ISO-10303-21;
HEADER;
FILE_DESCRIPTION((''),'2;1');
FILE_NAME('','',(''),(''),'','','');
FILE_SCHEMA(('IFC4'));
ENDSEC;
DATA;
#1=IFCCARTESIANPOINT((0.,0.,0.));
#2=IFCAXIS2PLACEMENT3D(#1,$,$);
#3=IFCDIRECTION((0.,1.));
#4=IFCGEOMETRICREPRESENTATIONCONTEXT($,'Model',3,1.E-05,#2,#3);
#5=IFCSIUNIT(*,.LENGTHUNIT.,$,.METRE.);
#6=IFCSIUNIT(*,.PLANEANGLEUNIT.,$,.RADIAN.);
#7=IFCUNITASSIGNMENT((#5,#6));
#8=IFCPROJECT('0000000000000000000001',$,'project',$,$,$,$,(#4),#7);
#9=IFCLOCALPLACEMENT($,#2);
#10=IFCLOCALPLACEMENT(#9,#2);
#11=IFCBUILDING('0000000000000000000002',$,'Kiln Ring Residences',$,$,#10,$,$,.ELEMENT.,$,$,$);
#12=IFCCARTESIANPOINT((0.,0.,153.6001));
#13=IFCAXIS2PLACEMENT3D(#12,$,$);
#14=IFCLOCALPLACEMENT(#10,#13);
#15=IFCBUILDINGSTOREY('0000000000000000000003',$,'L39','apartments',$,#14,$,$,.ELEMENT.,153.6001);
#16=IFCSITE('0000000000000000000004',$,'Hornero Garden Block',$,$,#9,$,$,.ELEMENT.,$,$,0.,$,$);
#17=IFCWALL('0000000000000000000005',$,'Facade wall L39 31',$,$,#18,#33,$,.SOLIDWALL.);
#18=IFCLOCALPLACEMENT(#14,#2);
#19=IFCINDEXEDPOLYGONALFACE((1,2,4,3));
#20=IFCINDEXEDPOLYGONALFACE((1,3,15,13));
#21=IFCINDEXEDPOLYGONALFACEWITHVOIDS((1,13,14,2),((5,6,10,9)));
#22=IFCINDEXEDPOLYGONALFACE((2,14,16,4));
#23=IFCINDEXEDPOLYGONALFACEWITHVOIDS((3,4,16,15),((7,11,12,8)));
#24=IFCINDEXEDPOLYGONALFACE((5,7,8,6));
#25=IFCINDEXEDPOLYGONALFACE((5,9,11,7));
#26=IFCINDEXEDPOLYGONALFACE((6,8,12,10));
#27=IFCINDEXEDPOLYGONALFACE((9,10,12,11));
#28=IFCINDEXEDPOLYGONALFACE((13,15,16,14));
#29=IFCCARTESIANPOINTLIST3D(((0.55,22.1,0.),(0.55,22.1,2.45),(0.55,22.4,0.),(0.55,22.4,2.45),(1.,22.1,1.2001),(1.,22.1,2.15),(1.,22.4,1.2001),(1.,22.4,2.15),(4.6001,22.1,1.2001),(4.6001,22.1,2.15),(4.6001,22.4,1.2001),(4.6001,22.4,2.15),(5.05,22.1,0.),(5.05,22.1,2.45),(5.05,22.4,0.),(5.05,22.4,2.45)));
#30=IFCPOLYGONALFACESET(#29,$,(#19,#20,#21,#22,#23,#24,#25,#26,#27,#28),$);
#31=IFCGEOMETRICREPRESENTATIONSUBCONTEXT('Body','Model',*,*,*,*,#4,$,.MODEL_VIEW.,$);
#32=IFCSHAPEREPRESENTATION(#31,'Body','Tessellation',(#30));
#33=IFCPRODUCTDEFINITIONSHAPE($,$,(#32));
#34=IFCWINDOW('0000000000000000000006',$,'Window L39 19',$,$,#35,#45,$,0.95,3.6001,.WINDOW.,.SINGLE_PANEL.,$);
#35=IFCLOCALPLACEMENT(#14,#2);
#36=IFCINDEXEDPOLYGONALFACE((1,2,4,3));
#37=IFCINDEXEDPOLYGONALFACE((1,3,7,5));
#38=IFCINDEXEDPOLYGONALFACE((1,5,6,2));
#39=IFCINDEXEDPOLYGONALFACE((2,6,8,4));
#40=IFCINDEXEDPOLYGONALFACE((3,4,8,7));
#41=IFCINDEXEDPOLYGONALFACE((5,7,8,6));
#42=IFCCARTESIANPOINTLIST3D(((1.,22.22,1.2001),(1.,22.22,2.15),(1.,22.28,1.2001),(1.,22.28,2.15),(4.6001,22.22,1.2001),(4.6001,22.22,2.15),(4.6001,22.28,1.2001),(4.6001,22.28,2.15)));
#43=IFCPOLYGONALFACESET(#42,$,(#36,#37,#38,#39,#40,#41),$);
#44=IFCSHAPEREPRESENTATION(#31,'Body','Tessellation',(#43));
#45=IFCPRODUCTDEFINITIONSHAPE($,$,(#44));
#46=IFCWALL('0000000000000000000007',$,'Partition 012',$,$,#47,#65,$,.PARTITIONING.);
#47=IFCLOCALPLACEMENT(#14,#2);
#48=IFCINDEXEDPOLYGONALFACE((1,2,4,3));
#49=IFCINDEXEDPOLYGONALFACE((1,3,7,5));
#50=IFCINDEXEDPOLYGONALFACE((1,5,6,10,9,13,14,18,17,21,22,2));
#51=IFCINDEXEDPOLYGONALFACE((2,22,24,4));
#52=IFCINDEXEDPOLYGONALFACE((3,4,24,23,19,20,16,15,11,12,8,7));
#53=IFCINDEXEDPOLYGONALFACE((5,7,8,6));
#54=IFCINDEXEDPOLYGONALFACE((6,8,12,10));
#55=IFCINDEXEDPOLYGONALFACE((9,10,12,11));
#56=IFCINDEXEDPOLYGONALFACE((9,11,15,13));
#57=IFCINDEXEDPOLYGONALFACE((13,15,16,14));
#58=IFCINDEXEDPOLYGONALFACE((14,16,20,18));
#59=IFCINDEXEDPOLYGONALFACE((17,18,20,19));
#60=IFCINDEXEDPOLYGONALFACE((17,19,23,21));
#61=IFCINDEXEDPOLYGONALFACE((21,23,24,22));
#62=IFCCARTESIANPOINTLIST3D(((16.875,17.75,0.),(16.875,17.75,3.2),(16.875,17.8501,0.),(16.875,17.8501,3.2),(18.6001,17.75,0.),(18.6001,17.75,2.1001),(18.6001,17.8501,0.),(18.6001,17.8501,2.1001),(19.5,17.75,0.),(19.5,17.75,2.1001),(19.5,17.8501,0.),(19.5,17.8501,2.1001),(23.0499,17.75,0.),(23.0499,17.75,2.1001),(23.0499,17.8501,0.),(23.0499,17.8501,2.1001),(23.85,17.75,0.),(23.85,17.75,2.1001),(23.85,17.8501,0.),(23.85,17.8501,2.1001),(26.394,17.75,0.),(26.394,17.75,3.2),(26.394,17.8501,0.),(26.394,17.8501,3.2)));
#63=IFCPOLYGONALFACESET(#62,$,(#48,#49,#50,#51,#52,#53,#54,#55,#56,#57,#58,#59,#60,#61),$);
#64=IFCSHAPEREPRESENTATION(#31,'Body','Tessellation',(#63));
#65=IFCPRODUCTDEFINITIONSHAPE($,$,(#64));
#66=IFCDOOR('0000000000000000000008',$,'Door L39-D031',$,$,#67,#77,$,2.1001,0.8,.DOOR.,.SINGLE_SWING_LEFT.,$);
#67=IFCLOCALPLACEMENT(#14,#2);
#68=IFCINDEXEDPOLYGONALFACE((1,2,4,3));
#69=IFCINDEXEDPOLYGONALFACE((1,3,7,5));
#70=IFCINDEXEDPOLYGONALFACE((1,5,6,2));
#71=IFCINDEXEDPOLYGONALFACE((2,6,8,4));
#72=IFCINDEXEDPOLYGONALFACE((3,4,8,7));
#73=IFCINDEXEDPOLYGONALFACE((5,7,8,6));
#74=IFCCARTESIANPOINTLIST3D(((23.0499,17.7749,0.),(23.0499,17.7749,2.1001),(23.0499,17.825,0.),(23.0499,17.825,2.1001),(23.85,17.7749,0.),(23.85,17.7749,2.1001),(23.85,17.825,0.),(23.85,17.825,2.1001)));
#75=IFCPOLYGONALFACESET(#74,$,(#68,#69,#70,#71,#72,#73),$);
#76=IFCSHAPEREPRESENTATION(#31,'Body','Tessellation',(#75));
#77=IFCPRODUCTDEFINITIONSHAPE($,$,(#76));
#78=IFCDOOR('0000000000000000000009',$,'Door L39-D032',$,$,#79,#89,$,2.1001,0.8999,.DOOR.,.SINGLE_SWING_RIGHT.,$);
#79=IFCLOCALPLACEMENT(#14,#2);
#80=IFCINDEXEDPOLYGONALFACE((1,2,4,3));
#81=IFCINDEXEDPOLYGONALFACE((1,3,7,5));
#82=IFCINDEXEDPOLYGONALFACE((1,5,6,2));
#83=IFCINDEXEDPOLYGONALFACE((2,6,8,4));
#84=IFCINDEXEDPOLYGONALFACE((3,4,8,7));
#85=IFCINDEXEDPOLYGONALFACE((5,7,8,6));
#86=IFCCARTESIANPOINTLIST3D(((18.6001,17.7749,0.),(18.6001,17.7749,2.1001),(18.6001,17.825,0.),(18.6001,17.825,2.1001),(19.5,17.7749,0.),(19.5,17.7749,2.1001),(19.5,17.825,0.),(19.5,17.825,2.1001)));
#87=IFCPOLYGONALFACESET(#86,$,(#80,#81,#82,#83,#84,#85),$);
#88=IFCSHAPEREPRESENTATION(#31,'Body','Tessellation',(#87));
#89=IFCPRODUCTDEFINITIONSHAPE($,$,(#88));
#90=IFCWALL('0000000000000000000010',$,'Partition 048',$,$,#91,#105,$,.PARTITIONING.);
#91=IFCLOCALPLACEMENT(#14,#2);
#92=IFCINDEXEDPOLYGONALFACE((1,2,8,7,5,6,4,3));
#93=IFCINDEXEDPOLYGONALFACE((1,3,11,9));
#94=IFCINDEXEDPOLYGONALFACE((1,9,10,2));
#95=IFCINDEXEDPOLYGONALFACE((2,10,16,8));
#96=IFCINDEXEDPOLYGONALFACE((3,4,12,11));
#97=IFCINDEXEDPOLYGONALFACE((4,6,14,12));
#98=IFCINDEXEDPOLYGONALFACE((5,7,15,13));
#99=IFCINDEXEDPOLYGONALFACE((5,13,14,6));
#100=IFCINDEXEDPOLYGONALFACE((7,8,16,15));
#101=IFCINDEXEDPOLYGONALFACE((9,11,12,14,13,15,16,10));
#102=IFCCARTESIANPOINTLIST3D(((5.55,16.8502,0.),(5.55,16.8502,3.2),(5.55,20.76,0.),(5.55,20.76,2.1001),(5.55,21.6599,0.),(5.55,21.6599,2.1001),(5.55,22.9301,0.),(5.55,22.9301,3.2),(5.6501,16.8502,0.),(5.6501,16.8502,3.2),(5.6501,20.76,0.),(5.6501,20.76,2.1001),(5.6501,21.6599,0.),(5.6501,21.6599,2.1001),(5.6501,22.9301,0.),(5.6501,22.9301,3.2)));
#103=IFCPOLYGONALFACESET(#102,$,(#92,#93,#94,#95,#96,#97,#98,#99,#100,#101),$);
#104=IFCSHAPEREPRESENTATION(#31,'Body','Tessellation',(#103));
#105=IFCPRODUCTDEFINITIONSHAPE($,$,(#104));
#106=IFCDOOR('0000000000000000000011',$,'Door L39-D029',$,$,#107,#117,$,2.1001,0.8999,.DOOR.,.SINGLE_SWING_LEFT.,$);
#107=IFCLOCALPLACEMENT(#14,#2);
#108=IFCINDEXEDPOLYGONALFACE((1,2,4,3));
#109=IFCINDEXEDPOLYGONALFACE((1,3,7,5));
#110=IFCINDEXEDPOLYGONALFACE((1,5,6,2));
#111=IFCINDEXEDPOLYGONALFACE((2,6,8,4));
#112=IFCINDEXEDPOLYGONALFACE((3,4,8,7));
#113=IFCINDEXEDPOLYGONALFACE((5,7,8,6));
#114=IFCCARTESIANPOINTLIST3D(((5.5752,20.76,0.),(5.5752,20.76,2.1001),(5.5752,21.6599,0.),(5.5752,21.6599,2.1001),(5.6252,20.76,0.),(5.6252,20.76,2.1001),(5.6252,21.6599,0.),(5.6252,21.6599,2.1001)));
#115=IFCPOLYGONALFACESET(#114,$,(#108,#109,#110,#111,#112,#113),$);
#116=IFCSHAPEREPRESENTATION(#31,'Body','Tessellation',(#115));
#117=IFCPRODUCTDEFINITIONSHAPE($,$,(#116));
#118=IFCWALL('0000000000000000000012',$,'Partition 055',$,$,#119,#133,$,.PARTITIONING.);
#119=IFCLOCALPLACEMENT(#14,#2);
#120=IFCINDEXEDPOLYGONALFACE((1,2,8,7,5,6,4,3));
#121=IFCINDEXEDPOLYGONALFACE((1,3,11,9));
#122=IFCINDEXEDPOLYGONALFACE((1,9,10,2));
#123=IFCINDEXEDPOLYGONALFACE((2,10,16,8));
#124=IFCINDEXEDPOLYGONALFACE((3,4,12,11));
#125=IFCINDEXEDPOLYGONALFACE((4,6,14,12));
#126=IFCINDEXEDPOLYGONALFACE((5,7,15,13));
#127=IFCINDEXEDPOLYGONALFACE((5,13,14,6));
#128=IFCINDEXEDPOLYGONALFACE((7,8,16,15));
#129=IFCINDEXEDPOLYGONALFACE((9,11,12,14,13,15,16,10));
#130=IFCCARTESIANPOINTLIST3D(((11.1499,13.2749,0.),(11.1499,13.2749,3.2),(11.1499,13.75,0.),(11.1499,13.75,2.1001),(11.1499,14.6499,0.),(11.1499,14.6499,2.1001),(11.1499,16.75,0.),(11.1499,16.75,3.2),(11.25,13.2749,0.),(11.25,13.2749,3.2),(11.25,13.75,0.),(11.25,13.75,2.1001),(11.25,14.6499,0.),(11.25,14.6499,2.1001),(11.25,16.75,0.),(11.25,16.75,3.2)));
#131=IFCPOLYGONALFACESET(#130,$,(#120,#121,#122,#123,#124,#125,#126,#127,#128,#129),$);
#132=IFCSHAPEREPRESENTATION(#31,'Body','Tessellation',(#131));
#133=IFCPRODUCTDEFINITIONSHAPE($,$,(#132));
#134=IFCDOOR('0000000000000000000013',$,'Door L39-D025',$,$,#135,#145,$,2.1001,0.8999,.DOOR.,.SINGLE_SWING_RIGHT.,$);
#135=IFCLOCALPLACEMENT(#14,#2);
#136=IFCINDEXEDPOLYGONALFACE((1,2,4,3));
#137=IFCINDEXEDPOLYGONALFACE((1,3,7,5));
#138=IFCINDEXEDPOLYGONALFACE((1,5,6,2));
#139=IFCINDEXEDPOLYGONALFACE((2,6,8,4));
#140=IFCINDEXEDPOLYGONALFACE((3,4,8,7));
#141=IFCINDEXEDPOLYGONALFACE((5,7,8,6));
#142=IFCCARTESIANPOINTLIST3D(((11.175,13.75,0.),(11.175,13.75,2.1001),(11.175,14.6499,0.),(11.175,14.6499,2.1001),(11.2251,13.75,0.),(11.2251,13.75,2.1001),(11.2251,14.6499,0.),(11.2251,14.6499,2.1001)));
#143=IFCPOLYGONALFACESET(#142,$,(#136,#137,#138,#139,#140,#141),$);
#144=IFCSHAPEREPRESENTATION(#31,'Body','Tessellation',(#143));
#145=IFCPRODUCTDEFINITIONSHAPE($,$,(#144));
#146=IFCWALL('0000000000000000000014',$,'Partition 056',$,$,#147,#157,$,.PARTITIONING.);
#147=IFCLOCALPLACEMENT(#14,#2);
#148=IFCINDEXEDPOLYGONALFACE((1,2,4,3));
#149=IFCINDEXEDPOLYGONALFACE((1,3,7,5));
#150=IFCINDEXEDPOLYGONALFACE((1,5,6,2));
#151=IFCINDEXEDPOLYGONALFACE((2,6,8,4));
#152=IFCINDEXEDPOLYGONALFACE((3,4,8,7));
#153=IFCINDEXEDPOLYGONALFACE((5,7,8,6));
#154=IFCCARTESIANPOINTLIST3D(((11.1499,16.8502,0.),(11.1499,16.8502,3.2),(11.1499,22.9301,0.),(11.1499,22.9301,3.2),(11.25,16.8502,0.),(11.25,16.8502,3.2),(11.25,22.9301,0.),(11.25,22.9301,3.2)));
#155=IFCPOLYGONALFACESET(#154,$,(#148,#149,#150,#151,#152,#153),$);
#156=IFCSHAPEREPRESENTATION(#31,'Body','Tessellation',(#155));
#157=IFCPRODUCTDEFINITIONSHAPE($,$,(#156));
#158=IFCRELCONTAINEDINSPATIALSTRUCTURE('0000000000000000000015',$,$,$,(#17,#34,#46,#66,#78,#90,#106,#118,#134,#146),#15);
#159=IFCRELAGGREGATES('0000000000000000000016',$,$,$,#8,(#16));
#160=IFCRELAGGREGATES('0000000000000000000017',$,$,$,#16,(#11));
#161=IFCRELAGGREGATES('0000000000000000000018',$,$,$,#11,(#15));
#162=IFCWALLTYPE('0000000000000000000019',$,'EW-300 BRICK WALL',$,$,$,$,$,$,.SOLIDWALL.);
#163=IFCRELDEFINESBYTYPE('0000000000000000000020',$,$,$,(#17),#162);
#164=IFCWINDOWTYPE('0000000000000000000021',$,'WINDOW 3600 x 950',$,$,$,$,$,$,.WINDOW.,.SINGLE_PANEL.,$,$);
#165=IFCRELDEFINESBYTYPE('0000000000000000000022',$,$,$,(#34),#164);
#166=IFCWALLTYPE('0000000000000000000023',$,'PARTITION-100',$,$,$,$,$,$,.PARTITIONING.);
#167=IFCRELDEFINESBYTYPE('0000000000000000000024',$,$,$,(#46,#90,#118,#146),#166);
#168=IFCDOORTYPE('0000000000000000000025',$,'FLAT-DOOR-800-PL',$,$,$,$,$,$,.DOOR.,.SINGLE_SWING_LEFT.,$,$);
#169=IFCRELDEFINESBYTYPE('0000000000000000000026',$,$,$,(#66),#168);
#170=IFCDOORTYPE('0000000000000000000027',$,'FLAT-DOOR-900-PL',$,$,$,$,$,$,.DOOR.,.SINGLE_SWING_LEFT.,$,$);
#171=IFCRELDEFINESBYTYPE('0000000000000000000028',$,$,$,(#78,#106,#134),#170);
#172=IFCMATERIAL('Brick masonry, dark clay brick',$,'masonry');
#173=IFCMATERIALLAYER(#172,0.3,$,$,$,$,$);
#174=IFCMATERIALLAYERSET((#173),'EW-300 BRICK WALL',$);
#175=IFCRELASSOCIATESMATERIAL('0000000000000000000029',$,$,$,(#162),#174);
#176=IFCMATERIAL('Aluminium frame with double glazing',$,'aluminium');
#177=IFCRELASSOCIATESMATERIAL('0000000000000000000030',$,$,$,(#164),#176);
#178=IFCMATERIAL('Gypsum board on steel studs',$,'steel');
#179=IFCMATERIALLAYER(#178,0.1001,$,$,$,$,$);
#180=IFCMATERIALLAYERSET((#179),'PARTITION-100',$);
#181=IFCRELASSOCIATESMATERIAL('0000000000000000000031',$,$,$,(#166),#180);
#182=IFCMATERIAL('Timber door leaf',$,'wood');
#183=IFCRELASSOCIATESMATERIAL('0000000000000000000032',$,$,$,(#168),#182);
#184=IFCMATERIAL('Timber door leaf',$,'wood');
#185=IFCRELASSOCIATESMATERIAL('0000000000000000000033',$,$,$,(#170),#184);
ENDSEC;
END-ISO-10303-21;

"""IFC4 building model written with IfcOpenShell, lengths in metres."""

from ifc_helpers import new_model, si_unit, direction, frame, frame_2d, origin, place, context, subcontext, project, spatial, rectangle, extrude, material, layer, layer_set, type_object, element, fill, save


model = new_model("IFC4")

# Units and contexts
model_context = context("Model", 3, precision=1e-05, world=origin(), true_north=direction((0.0, 1.0)))
body_context = subcontext(model_context, "Body", "Model", "MODEL_VIEW")
ifc_project = project(units=[si_unit("LENGTHUNIT", "METRE"), si_unit("PLANEANGLEUNIT", "RADIAN")], contexts=[model_context])

# Site, building, storey
site_placement = place(None, origin())
site = spatial("IfcSite", under=ifc_project, at=site_placement, Name="Hornero Garden Block", CompositionType="ELEMENT", RefElevation=0.0)
building_placement = place(site_placement, origin())
building = spatial("IfcBuilding", under=site, at=building_placement, Name="Kiln Ring Residences", CompositionType="ELEMENT")
storey_placement = place(building_placement, frame((0.0, 0.0, 153.6001)))
storey = spatial("IfcBuildingStorey", under=building, at=storey_placement, Name="L39", Description="apartments", CompositionType="ELEMENT", Elevation=153.6001)

# Wall, opening, window
ifc_material_1 = material(Name="Brick masonry, dark clay brick", Category="masonry")
ifc_layer_1 = layer(ifc_material_1, 0.3)
ifc_layer_set_1 = layer_set([ifc_layer_1], Name="EW-300 BRICK WALL")
wall_type_1 = type_object("IfcWallType", Name="EW-300 BRICK WALL", PredefinedType="SOLIDWALL", material=ifc_layer_set_1)
ifc_material_2 = material(Name="Aluminium frame with double glazing", Category="aluminium")
window_type = type_object("IfcWindowType", Name="WINDOW 3600 x 950", PartitioningType="SINGLE_PANEL", PredefinedType="WINDOW", material=ifc_material_2)
wall_1_placement = place(storey_placement, frame((5.05, 22.25, 0.0), z_axis=(0.0, 0.0, 1.0), x_axis=(-1.0, 0.0, 0.0)))
wall_1 = element("IfcWall", 1, at=wall_1_placement, inside=storey, type_object=wall_type_1, Name="Facade wall L39 31", PredefinedType="SOLIDWALL", context=body_context, shape_type="SweptSolid", body=[
    extrude(rectangle(XDim=4.5, YDim=0.3, at=frame_2d((2.25, 0.0))), origin(), (0.0, 0.0, 1.0), 2.45),
])
opening_1_placement = place(wall_1_placement, frame((0.45, 0.0, 1.2)))
opening_1 = element("IfcOpeningElement", 2, at=opening_1_placement, cuts=wall_1, PredefinedType="OPENING", context=body_context, shape_type="SweptSolid", body=[
    extrude(rectangle(XDim=3.6001, YDim=0.95, at=frame_2d((1.8, 0.4751))), frame((0.0, 0.1599, 0.0), z_axis=(0.0, -1.0, 0.0), x_axis=(1.0, 0.0, 0.0)), (0.0, 0.0, 1.0), 0.3201),
])
window_1_placement = place(opening_1_placement, origin())
window_1 = element("IfcWindow", 3, at=window_1_placement, inside=storey, type_object=window_type, Name="Window L39 19", OverallHeight=0.95, OverallWidth=3.6001, PartitioningType="SINGLE_PANEL", PredefinedType="WINDOW", context=body_context, shape_type="SweptSolid", body=[
    extrude(rectangle(XDim=3.6001, YDim=0.95, at=frame_2d((1.8, 0.4751))), frame((0.0, 0.03, 0.0), z_axis=(0.0, -1.0, 0.0), x_axis=(1.0, 0.0, 0.0)), (0.0, 0.0, 1.0), 0.0601),
])
fill(opening_1, window_1)

# Wall, openings, doors
ifc_material_3 = material(Name="Gypsum board on steel studs", Category="steel")
ifc_layer_2 = layer(ifc_material_3, 0.1001)
ifc_layer_set_2 = layer_set([ifc_layer_2], Name="PARTITION-100")
wall_type_2 = type_object("IfcWallType", Name="PARTITION-100", PredefinedType="PARTITIONING", material=ifc_layer_set_2)
wall_2_placement = place(storey_placement, frame((16.875, 17.8, 0.0), z_axis=(0.0, 0.0, 1.0), x_axis=(1.0, 0.0, 0.0)))
wall_2 = element("IfcWall", 4, at=wall_2_placement, inside=storey, type_object=wall_type_2, Name="Partition 012", PredefinedType="PARTITIONING", context=body_context, shape_type="SweptSolid", body=[
    extrude(rectangle(XDim=9.519, YDim=0.1001, at=frame_2d((4.7595, 0.0))), origin(), (0.0, 0.0, 1.0), 3.2),
])
opening_2_placement = place(wall_2_placement, frame((6.175, 0.0, 0.0)))
opening_2 = element("IfcOpeningElement", 5, at=opening_2_placement, cuts=wall_2, PredefinedType="OPENING", context=body_context, shape_type="SweptSolid", body=[
    extrude(rectangle(XDim=0.8, YDim=2.1001, at=frame_2d((0.3999, 1.05))), frame((0.0, 0.0601, 0.0), z_axis=(0.0, -1.0, 0.0), x_axis=(1.0, 0.0, 0.0)), (0.0, 0.0, 1.0), 0.1201),
])
opening_3_placement = place(wall_2_placement, frame((1.7251, 0.0, 0.0)))
opening_3 = element("IfcOpeningElement", 6, at=opening_3_placement, cuts=wall_2, PredefinedType="OPENING", context=body_context, shape_type="SweptSolid", body=[
    extrude(rectangle(XDim=0.8999, YDim=2.1001, at=frame_2d((0.45, 1.05))), frame((0.0, 0.0601, 0.0), z_axis=(0.0, -1.0, 0.0), x_axis=(1.0, 0.0, 0.0)), (0.0, 0.0, 1.0), 0.1201),
])
ifc_material_4 = material(Name="Timber door leaf", Category="wood")
door_type_1 = type_object("IfcDoorType", Name="FLAT-DOOR-800-PL", OperationType="SINGLE_SWING_LEFT", PredefinedType="DOOR", material=ifc_material_4)
door_1_placement = place(opening_2_placement, origin())
door_1 = element("IfcDoor", 7, at=door_1_placement, inside=storey, type_object=door_type_1, Name="Door L39-D031", OperationType="SINGLE_SWING_LEFT", OverallHeight=2.1001, OverallWidth=0.8, PredefinedType="DOOR", context=body_context, shape_type="SweptSolid", body=[
    extrude(rectangle(XDim=0.8, YDim=2.1001, at=frame_2d((0.3999, 1.05))), frame((0.0, 0.0249, 0.0), z_axis=(0.0, -1.0, 0.0), x_axis=(1.0, 0.0, 0.0)), (0.0, 0.0, 1.0), 0.05),
])
fill(opening_2, door_1)
ifc_material_5 = material(Name="Timber door leaf", Category="wood")
door_type_2 = type_object("IfcDoorType", Name="FLAT-DOOR-900-PL", OperationType="SINGLE_SWING_LEFT", PredefinedType="DOOR", material=ifc_material_5)
door_2_placement = place(opening_3_placement, origin())
door_2 = element("IfcDoor", 8, at=door_2_placement, inside=storey, type_object=door_type_2, Name="Door L39-D032", OperationType="SINGLE_SWING_RIGHT", OverallHeight=2.1001, OverallWidth=0.8999, PredefinedType="DOOR", context=body_context, shape_type="SweptSolid", body=[
    extrude(rectangle(XDim=0.8999, YDim=2.1001, at=frame_2d((0.45, 1.05))), frame((0.0, 0.0249, 0.0), z_axis=(0.0, -1.0, 0.0), x_axis=(1.0, 0.0, 0.0)), (0.0, 0.0, 1.0), 0.05),
])
fill(opening_3, door_2)

# Walls, openings, doors
wall_3_placement = place(storey_placement, frame((5.6001, 16.8501, 0.0), z_axis=(0.0, 0.0, 1.0), x_axis=(0.0, 1.0, 0.0)))
wall_3 = element("IfcWall", 9, at=wall_3_placement, inside=storey, type_object=wall_type_2, Name="Partition 048", PredefinedType="PARTITIONING", context=body_context, shape_type="SweptSolid", body=[
    extrude(rectangle(XDim=6.0798, YDim=0.1001, at=frame_2d((3.04, 0.0))), origin(), (0.0, 0.0, 1.0), 3.2),
])
opening_4_placement = place(wall_3_placement, frame((3.9099, 0.0, 0.0)))
opening_4 = element("IfcOpeningElement", 10, at=opening_4_placement, cuts=wall_3, PredefinedType="OPENING", context=body_context, shape_type="SweptSolid", body=[
    extrude(rectangle(XDim=0.8999, YDim=2.1001, at=frame_2d((0.45, 1.05))), frame((0.0, 0.0601, 0.0), z_axis=(0.0, -1.0, 0.0), x_axis=(1.0, 0.0, 0.0)), (0.0, 0.0, 1.0), 0.1201),
])
door_3_placement = place(opening_4_placement, origin())
door_3 = element("IfcDoor", 11, at=door_3_placement, inside=storey, type_object=door_type_2, Name="Door L39-D029", OperationType="SINGLE_SWING_LEFT", OverallHeight=2.1001, OverallWidth=0.8999, PredefinedType="DOOR", context=body_context, shape_type="SweptSolid", body=[
    extrude(rectangle(XDim=0.8999, YDim=2.1001, at=frame_2d((0.45, 1.05))), frame((0.0, 0.0249, 0.0), z_axis=(0.0, -1.0, 0.0), x_axis=(1.0, 0.0, 0.0)), (0.0, 0.0, 1.0), 0.05),
])
fill(opening_4, door_3)
wall_4_placement = place(storey_placement, frame((11.2, 13.2749, 0.0), z_axis=(0.0, 0.0, 1.0), x_axis=(0.0, 1.0, 0.0)))
wall_4 = element("IfcWall", 12, at=wall_4_placement, inside=storey, type_object=wall_type_2, Name="Partition 055", PredefinedType="PARTITIONING", context=body_context, shape_type="SweptSolid", body=[
    extrude(rectangle(XDim=3.4751, YDim=0.1001, at=frame_2d((1.7375, 0.0))), origin(), (0.0, 0.0, 1.0), 3.2),
])
opening_5_placement = place(wall_4_placement, frame((0.4751, 0.0, 0.0)))
opening_5 = element("IfcOpeningElement", 13, at=opening_5_placement, cuts=wall_4, PredefinedType="OPENING", context=body_context, shape_type="SweptSolid", body=[
    extrude(rectangle(XDim=0.8999, YDim=2.1001, at=frame_2d((0.45, 1.05))), frame((0.0, 0.0601, 0.0), z_axis=(0.0, -1.0, 0.0), x_axis=(1.0, 0.0, 0.0)), (0.0, 0.0, 1.0), 0.1201),
])
door_4_placement = place(opening_5_placement, origin())
door_4 = element("IfcDoor", 14, at=door_4_placement, inside=storey, type_object=door_type_2, Name="Door L39-D025", OperationType="SINGLE_SWING_RIGHT", OverallHeight=2.1001, OverallWidth=0.8999, PredefinedType="DOOR", context=body_context, shape_type="SweptSolid", body=[
    extrude(rectangle(XDim=0.8999, YDim=2.1001, at=frame_2d((0.45, 1.05))), frame((0.0, 0.0249, 0.0), z_axis=(0.0, -1.0, 0.0), x_axis=(1.0, 0.0, 0.0)), (0.0, 0.0, 1.0), 0.05),
])
fill(opening_5, door_4)

# Wall
wall_5_placement = place(storey_placement, frame((11.2, 16.8501, 0.0), z_axis=(0.0, 0.0, 1.0), x_axis=(0.0, 1.0, 0.0)))
element("IfcWall", 15, at=wall_5_placement, inside=storey, type_object=wall_type_2, Name="Partition 056", PredefinedType="PARTITIONING", context=body_context, shape_type="SweptSolid", body=[
    extrude(rectangle(XDim=6.0798, YDim=0.1001, at=frame_2d((3.04, 0.0))), origin(), (0.0, 0.0, 1.0), 3.2),
])

save(model, "model.ifc")
